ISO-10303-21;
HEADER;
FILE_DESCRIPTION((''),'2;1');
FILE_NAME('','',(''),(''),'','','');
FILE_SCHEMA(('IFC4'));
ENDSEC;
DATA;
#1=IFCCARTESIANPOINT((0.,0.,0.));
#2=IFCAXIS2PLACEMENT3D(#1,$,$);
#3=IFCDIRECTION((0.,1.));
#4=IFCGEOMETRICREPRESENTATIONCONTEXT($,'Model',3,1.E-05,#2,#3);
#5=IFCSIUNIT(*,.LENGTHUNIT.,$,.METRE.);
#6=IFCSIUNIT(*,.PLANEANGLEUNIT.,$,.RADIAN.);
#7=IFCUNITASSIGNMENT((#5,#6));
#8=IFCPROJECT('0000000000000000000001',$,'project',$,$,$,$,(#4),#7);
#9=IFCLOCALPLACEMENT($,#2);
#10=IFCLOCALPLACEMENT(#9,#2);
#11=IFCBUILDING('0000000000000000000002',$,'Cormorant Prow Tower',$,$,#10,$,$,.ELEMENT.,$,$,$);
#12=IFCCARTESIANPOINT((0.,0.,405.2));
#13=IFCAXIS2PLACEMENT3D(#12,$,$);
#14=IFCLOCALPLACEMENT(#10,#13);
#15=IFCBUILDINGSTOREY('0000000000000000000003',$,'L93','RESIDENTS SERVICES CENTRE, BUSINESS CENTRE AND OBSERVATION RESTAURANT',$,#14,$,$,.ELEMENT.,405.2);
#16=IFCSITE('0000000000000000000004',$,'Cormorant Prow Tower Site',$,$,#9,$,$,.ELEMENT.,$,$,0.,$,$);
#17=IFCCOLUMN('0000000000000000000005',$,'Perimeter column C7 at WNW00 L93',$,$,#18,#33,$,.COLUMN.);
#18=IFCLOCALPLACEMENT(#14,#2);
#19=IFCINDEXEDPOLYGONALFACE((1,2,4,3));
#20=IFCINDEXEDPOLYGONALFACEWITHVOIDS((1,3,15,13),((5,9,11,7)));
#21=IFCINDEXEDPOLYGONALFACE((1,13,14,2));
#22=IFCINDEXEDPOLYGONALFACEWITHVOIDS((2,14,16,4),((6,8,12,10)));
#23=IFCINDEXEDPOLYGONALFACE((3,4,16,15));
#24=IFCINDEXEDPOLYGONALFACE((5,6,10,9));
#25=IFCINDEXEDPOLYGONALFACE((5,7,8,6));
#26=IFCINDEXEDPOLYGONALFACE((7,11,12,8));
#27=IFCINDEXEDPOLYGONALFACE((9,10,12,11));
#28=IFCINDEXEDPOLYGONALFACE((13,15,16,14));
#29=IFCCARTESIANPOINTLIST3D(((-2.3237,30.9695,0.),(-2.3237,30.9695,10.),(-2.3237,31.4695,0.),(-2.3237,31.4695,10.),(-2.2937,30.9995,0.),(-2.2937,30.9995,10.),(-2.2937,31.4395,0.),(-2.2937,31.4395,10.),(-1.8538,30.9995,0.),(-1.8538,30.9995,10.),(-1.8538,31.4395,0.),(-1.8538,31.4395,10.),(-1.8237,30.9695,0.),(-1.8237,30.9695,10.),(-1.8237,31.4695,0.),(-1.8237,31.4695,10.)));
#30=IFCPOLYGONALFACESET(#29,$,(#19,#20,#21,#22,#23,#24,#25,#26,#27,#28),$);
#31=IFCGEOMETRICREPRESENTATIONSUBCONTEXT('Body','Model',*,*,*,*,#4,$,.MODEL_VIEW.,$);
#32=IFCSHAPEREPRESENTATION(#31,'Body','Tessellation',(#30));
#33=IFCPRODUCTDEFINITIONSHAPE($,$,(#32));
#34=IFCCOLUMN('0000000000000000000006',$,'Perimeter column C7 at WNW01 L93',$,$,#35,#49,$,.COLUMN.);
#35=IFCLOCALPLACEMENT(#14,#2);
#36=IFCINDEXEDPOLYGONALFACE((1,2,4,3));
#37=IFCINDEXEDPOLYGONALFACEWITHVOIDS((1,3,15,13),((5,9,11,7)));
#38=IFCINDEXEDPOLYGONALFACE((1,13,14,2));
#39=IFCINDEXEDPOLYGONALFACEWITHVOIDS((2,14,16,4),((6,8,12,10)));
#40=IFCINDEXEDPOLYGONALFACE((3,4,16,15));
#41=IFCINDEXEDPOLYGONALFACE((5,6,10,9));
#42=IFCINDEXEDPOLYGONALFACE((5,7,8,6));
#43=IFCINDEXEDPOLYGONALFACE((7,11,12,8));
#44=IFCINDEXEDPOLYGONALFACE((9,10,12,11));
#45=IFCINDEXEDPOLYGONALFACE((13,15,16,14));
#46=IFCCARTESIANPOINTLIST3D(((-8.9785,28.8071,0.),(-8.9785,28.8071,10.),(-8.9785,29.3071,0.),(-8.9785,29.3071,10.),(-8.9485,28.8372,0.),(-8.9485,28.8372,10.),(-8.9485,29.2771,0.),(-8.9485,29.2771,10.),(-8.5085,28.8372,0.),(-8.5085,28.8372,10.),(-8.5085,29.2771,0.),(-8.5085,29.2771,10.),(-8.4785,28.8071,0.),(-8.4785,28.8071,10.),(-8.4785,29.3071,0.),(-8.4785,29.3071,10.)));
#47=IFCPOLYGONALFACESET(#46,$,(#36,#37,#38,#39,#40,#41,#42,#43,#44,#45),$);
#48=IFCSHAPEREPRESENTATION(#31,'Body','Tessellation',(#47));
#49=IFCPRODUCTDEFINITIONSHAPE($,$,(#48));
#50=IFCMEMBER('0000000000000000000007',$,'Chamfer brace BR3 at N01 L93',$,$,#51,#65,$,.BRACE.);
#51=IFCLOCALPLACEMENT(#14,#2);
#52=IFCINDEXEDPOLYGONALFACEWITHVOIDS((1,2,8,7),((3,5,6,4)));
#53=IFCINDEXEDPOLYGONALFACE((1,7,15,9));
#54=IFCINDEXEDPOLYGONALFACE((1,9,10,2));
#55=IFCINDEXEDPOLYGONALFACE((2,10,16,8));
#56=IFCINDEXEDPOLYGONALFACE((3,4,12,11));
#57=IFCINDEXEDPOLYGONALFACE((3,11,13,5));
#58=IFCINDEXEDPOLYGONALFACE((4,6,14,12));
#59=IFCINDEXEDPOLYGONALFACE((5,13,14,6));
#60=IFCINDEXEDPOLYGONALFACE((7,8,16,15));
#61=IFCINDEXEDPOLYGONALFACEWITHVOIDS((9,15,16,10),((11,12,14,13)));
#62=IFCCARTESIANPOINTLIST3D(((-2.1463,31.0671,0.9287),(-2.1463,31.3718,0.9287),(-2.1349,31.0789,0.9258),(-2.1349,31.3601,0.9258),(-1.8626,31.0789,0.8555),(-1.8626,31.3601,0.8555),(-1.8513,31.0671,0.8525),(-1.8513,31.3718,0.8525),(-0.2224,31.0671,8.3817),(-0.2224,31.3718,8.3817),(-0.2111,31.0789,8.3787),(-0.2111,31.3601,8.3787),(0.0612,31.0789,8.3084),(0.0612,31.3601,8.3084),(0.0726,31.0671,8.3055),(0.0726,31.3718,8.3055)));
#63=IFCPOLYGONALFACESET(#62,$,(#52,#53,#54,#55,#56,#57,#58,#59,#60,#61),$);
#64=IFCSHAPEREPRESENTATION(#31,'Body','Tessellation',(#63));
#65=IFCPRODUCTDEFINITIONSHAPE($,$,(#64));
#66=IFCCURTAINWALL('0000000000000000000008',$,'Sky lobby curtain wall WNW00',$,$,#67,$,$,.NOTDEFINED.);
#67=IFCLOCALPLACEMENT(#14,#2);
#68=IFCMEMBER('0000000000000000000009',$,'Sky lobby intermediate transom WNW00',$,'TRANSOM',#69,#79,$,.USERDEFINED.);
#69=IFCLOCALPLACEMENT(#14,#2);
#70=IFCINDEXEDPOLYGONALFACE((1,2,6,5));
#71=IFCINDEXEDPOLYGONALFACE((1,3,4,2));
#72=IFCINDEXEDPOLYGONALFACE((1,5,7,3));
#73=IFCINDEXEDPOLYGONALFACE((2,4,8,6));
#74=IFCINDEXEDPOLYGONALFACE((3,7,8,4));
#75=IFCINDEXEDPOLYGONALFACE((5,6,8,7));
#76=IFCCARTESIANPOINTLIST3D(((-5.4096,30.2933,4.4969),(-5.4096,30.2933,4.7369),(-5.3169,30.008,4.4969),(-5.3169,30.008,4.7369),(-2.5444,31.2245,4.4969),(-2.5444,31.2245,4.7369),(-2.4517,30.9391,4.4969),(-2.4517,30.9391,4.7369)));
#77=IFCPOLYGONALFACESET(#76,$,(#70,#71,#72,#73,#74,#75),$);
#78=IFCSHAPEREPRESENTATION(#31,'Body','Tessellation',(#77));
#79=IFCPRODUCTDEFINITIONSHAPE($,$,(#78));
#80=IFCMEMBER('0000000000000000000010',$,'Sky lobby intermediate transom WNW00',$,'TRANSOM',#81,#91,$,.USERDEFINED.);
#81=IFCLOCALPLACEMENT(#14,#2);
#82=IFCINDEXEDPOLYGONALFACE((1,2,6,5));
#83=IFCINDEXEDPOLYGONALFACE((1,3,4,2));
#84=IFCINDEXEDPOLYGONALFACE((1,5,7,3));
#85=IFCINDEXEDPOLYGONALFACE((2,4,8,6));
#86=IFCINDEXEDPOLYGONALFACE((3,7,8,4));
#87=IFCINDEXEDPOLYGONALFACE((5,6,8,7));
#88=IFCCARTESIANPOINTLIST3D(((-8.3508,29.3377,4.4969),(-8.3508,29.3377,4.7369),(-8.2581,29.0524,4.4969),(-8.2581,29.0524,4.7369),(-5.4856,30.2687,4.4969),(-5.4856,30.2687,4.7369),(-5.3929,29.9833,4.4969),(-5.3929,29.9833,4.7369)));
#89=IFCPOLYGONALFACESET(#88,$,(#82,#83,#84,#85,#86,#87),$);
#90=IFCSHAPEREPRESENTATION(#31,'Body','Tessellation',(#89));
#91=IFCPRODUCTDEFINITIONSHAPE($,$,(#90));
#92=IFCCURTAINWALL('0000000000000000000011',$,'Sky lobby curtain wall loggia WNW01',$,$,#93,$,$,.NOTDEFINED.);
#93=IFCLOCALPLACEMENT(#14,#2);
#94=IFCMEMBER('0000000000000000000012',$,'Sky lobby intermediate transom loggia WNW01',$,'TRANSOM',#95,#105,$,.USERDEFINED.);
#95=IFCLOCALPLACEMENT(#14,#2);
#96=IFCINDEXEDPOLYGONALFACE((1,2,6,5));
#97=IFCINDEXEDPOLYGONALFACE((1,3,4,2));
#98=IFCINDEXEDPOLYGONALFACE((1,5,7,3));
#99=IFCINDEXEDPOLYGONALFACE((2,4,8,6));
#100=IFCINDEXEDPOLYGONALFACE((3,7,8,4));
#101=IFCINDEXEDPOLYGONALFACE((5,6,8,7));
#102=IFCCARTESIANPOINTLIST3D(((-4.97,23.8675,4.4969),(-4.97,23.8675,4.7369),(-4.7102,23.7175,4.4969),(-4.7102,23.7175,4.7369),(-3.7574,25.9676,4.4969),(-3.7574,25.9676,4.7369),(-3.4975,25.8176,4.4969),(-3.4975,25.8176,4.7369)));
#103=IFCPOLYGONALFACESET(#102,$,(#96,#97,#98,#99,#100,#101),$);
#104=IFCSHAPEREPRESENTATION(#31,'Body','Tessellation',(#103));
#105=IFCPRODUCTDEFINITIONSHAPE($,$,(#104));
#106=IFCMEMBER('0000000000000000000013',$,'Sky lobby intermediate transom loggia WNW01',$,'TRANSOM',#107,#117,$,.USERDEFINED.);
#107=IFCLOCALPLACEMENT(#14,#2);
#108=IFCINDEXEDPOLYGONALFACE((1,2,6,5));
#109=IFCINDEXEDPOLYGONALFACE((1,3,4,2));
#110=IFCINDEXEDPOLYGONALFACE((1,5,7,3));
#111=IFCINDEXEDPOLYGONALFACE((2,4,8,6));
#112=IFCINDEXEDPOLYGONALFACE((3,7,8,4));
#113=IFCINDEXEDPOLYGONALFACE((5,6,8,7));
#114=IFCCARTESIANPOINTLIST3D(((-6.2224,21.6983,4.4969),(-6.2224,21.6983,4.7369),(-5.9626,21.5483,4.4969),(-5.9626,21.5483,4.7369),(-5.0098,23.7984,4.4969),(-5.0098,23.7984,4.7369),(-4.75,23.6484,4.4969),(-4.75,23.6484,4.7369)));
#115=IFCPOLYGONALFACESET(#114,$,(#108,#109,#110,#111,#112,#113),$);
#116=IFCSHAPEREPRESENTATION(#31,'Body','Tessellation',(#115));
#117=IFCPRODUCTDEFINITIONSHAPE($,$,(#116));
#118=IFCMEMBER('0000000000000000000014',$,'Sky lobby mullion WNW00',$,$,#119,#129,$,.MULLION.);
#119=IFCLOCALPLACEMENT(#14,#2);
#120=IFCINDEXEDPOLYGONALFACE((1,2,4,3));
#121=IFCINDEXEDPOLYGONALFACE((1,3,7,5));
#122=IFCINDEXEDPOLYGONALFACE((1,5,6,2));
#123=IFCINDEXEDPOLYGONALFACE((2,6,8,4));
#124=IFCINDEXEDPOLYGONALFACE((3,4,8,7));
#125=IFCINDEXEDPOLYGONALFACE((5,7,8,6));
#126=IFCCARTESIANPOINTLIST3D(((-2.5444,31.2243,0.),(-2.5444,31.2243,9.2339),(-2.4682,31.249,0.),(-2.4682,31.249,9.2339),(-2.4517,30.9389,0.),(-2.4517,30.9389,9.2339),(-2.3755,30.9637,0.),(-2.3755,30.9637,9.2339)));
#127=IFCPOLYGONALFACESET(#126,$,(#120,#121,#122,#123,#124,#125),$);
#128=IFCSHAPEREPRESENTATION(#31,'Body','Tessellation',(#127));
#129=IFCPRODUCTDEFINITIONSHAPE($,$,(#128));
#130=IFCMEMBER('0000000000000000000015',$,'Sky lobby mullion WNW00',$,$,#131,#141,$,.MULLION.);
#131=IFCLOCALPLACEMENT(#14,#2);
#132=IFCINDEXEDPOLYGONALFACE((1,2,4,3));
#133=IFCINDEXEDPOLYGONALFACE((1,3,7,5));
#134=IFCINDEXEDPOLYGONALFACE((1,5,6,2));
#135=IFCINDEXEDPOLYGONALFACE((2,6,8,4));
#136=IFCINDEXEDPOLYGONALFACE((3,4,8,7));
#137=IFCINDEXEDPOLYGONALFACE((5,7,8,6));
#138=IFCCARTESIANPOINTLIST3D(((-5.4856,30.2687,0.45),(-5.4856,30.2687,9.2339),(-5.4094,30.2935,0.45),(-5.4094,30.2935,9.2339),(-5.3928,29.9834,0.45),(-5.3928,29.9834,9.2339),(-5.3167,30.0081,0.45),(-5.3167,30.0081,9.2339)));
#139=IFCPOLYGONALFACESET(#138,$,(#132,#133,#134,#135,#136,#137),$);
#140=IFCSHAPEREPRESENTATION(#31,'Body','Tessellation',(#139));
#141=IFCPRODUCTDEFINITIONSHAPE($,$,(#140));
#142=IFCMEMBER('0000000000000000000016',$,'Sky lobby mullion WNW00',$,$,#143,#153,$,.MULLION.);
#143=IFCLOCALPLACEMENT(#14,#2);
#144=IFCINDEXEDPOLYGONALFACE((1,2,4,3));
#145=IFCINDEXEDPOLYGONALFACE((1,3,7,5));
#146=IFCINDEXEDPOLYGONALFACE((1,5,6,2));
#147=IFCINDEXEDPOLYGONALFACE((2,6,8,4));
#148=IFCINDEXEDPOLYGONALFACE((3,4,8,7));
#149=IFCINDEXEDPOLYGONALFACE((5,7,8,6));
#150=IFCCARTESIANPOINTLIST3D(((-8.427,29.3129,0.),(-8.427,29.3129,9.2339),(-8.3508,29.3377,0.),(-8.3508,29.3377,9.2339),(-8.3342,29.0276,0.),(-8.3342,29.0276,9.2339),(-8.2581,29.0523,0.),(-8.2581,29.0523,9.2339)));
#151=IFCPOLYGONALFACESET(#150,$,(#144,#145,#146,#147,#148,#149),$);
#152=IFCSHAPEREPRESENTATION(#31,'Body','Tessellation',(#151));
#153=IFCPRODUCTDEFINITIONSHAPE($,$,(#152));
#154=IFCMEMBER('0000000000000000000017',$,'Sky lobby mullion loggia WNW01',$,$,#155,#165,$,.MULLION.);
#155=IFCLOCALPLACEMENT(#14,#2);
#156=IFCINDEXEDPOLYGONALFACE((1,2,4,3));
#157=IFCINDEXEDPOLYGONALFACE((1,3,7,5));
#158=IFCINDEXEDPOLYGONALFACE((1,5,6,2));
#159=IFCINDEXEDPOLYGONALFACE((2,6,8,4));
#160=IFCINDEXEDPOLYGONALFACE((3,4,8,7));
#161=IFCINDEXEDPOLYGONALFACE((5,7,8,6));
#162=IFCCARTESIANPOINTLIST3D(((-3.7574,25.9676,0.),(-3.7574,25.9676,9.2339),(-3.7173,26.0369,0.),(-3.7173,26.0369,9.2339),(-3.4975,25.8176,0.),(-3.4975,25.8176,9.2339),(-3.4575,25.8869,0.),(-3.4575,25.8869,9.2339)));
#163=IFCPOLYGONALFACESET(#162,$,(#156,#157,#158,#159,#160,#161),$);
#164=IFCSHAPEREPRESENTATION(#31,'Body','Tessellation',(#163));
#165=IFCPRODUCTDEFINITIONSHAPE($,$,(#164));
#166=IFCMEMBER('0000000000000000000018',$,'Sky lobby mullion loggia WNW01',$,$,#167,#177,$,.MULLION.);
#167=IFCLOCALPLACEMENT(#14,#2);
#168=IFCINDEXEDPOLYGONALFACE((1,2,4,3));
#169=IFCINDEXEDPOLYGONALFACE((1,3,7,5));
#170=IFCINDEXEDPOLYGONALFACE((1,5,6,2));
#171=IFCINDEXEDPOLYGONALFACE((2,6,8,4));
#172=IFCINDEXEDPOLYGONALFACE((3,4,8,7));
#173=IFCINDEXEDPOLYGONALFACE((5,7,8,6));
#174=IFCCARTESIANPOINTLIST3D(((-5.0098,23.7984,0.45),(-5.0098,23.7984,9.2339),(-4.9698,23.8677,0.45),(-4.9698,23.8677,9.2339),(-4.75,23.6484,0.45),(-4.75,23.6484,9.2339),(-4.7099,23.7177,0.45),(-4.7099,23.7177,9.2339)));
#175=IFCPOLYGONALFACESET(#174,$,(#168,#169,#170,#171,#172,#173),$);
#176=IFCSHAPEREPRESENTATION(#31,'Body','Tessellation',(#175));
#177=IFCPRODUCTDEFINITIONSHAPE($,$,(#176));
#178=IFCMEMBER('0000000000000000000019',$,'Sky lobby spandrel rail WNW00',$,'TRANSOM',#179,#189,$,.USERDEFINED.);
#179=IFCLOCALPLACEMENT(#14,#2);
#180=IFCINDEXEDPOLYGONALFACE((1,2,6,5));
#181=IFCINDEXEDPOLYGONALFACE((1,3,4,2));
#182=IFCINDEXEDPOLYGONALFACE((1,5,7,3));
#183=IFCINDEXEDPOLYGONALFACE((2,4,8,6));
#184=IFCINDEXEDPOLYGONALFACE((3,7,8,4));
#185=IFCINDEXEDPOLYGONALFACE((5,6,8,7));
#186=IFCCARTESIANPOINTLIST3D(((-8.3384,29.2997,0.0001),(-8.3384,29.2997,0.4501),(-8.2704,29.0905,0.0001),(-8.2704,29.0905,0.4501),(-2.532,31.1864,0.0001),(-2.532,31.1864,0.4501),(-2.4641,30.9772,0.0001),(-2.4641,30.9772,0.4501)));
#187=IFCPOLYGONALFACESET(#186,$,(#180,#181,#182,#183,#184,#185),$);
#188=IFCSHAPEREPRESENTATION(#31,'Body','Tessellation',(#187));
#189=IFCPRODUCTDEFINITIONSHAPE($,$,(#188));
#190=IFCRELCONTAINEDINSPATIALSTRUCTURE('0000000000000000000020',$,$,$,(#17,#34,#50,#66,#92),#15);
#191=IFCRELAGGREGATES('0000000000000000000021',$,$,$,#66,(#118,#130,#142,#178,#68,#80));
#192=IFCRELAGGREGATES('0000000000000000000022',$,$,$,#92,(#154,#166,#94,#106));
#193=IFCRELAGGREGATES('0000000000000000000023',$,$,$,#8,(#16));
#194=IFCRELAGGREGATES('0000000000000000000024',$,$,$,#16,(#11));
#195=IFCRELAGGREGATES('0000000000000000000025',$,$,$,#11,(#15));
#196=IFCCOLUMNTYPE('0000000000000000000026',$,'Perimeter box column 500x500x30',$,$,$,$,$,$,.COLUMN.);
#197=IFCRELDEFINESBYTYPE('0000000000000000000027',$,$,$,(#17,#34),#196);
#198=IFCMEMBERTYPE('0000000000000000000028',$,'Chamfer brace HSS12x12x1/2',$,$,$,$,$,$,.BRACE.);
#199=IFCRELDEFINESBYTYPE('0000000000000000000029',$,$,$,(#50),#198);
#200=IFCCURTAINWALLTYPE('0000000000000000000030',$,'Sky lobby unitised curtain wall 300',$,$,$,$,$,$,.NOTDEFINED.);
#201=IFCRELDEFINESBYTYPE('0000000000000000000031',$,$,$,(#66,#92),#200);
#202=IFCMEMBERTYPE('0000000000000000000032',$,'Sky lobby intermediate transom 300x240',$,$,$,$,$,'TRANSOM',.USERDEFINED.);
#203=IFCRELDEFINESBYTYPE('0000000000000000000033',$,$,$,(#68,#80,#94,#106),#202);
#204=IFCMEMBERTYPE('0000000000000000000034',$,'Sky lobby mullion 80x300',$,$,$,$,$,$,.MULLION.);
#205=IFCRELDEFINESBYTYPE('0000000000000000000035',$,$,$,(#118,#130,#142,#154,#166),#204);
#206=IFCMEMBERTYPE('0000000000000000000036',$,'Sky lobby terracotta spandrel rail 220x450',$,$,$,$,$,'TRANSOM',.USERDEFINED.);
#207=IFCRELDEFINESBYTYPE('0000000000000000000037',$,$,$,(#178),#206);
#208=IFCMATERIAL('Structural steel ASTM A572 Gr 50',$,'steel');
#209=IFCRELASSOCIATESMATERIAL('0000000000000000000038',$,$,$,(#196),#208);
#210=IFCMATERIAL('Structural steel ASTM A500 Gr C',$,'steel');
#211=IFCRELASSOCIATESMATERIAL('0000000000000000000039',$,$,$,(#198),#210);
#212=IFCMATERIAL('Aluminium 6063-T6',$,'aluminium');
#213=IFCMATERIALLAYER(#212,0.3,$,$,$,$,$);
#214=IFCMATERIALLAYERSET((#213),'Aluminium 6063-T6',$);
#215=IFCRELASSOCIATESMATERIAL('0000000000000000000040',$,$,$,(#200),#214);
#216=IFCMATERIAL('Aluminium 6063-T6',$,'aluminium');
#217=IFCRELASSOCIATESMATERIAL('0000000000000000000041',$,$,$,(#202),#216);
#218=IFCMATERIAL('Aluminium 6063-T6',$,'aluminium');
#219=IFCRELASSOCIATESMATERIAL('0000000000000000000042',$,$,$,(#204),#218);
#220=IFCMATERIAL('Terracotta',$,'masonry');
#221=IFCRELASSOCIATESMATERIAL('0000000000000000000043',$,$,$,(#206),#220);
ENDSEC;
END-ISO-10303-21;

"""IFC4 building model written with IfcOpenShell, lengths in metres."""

from ifc_helpers import new_model, si_unit, direction, frame, origin, origin_2d, place, context, subcontext, project, spatial, rectangle, hollow_rectangle, extrude, material, layer, layer_set, material_profile, profile_set, type_object, element, aggregate, save


model = new_model("IFC4")

# Units and contexts
model_context = context("Model", 3, precision=1e-05, world=origin(), true_north=direction((0.0, 1.0)))
body_context = subcontext(model_context, "Body", "Model", "MODEL_VIEW")
ifc_project = project(units=[si_unit("LENGTHUNIT", "METRE"), si_unit("PLANEANGLEUNIT", "RADIAN")], contexts=[model_context])

# Site, building, storey
site_placement = place(None, origin())
site = spatial("IfcSite", under=ifc_project, at=site_placement, Name="Cormorant Prow Tower Site", CompositionType="ELEMENT", RefElevation=0.0)
building_placement = place(site_placement, origin())
building = spatial("IfcBuilding", under=site, at=building_placement, Name="Cormorant Prow Tower", CompositionType="ELEMENT")
storey_placement = place(building_placement, frame((0.0, 0.0, 405.2)))
storey = spatial("IfcBuildingStorey", under=building, at=storey_placement, Name="L93", Description="RESIDENTS SERVICES CENTRE, BUSINESS CENTRE AND OBSERVATION RESTAURANT", CompositionType="ELEMENT", Elevation=405.2)

# Columns
ifc_material_1 = material(Name="Structural steel ASTM A572 Gr 50", Category="steel")
ifc_material_profile_1 = material_profile(ifc_material_1, hollow_rectangle(XDim=0.5, YDim=0.5, WallThickness=0.03, at=origin_2d()), Name="Box 500x500x30")
ifc_profile_set_1 = profile_set([ifc_material_profile_1], Name="Structural steel ASTM A572 Gr 50")
column_type = type_object("IfcColumnType", Name="Perimeter box column 500x500x30", PredefinedType="COLUMN", material=ifc_profile_set_1)
for number, where, z_axis, x_axis, name in (
    (1, (-2.0737, 31.2195, 0.0), (0.0, 0.0, 1.0), (1.0, 0.0, 0.0), "Perimeter column C7 at WNW00 L93"),
    (2, (-8.7285, 29.0571, 0.0), (0.0, 0.0, 1.0), (1.0, 0.0, 0.0), "Perimeter column C7 at WNW01 L93"),
):
    element("IfcColumn", number, at=place(storey_placement, frame(where, z_axis=z_axis, x_axis=x_axis)), inside=storey, type_object=column_type, Name=name, PredefinedType="COLUMN", context=body_context, shape_type="SweptSolid", body=[
        extrude(hollow_rectangle(XDim=0.5, YDim=0.5, WallThickness=0.03, at=origin_2d()), origin(), (0.0, 0.0, 1.0), 10.0),
    ])

# Member
ifc_material_2 = material(Name="Structural steel ASTM A500 Gr C", Category="steel")
ifc_material_profile_2 = material_profile(ifc_material_2, hollow_rectangle(XDim=0.3047, YDim=0.3047, WallThickness=0.0117, at=origin_2d()), Name="HSS12x12x1/2")
ifc_profile_set_2 = profile_set([ifc_material_profile_2], Name="Structural steel ASTM A500 Gr C")
member_type_1 = type_object("IfcMemberType", Name="Chamfer brace HSS12x12x1/2", PredefinedType="BRACE", material=ifc_profile_set_2)
member_1_placement = place(storey_placement, frame((-1.9988, 31.2195, 0.8906), z_axis=(0.249939, 0.0, 0.968261), x_axis=(0.0, 1.0, 0.0)))
element("IfcMember", 3, at=member_1_placement, inside=storey, type_object=member_type_1, Name="Chamfer brace BR3 at N01 L93", PredefinedType="BRACE", context=body_context, shape_type="SweptSolid", body=[
    extrude(hollow_rectangle(XDim=0.3047, YDim=0.3047, WallThickness=0.0117, at=origin_2d()), origin(), (0.0, 0.0, 1.0), 7.6973),
])

# Curtain walls, members
ifc_material_3 = material(Name="Aluminium 6063-T6", Category="aluminium")
ifc_layer_1 = layer(ifc_material_3, 0.3)
ifc_layer_set_1 = layer_set([ifc_layer_1], Name="Aluminium 6063-T6")
curtain_wall_type = type_object("IfcCurtainWallType", Name="Sky lobby unitised curtain wall 300", PredefinedType="NOTDEFINED", material=ifc_layer_set_1)
curtain_wall_1_placement = place(storey_placement, origin())
curtain_wall_1 = element("IfcCurtainWall", 4, at=curtain_wall_1_placement, inside=storey, type_object=curtain_wall_type, Name="Sky lobby curtain wall WNW00", PredefinedType="NOTDEFINED")
ifc_material_4 = material(Name="Aluminium 6063-T6", Category="aluminium")
ifc_material_profile_3 = material_profile(ifc_material_4, rectangle(XDim=0.3, YDim=0.24, at=origin_2d()), Name="Sky lobby intermediate transom 300x240")
ifc_profile_set_3 = profile_set([ifc_material_profile_3], Name="Aluminium 6063-T6")
member_type_2 = type_object("IfcMemberType", Name="Sky lobby intermediate transom 300x240", ElementType="TRANSOM", PredefinedType="USERDEFINED", material=ifc_profile_set_3)
member_2_placement = place(storey_placement, frame((-2.498, 31.0818, 4.6169), z_axis=(-0.951039, -0.309071, 0.0), x_axis=(0.309071, -0.951039, 0.0)))
member_2 = element("IfcMember", 5, at=member_2_placement, type_object=member_type_2, Name="Sky lobby intermediate transom WNW00", ObjectType="TRANSOM", PredefinedType="USERDEFINED", context=body_context, shape_type="SweptSolid", body=[
    extrude(rectangle(XDim=0.3, YDim=0.24, at=origin_2d()), origin(), (0.0, 0.0, 1.0), 3.0127),
])
member_3_placement = place(storey_placement, frame((-5.4392, 30.126, 4.6169), z_axis=(-0.951063, -0.308998, 0.0), x_axis=(0.308998, -0.951063, 0.0)))
member_3 = element("IfcMember", 6, at=member_3_placement, type_object=member_type_2, Name="Sky lobby intermediate transom WNW00", ObjectType="TRANSOM", PredefinedType="USERDEFINED", context=body_context, shape_type="SweptSolid", body=[
    extrude(rectangle(XDim=0.3, YDim=0.24, at=origin_2d()), origin(), (0.0, 0.0, 1.0), 3.0127),
])
curtain_wall_2_placement = place(storey_placement, origin())
curtain_wall_2 = element("IfcCurtainWall", 7, at=curtain_wall_2_placement, inside=storey, type_object=curtain_wall_type, Name="Sky lobby curtain wall loggia WNW01", PredefinedType="NOTDEFINED")
member_4_placement = place(storey_placement, frame((-3.6274, 25.8926, 4.6169), z_axis=(-0.500048, -0.865998, 0.0), x_axis=(0.865998, -0.500048, 0.0)))
member_4 = element("IfcMember", 8, at=member_4_placement, type_object=member_type_2, Name="Sky lobby intermediate transom loggia WNW01", ObjectType="TRANSOM", PredefinedType="USERDEFINED", context=body_context, shape_type="SweptSolid", body=[
    extrude(rectangle(XDim=0.3, YDim=0.24, at=origin_2d()), origin(), (0.0, 0.0, 1.0), 2.425),
])
member_5_placement = place(storey_placement, frame((-4.8799, 23.7234, 4.6169), z_axis=(-0.500048, -0.865998, 0.0), x_axis=(0.865998, -0.500048, 0.0)))
member_5 = element("IfcMember", 9, at=member_5_placement, type_object=member_type_2, Name="Sky lobby intermediate transom loggia WNW01", ObjectType="TRANSOM", PredefinedType="USERDEFINED", context=body_context, shape_type="SweptSolid", body=[
    extrude(rectangle(XDim=0.3, YDim=0.24, at=origin_2d()), origin(), (0.0, 0.0, 1.0), 2.425),
])

# Members
ifc_material_5 = material(Name="Aluminium 6063-T6", Category="aluminium")
ifc_material_profile_4 = material_profile(ifc_material_5, rectangle(XDim=0.3, YDim=0.0801, at=origin_2d()), Name="Sky lobby mullion 80x300")
ifc_profile_set_4 = profile_set([ifc_material_profile_4], Name="Aluminium 6063-T6")
member_type_3 = type_object("IfcMemberType", Name="Sky lobby mullion 80x300", PredefinedType="MULLION", material=ifc_profile_set_4)
member_6_placement = place(storey_placement, frame((-2.46, 31.094, 0.0), z_axis=(0.0, 0.0, 1.0), x_axis=(0.309017, -0.951056, 0.0)))
member_6 = element("IfcMember", 10, at=member_6_placement, type_object=member_type_3, Name="Sky lobby mullion WNW00", PredefinedType="MULLION", context=body_context, shape_type="SweptSolid", body=[
    extrude(rectangle(XDim=0.3, YDim=0.0801, at=origin_2d()), origin(), (0.0, 0.0, 1.0), 9.2339),
])
member_7_placement = place(storey_placement, frame((-5.4011, 30.1384, 0.45), z_axis=(0.0, 0.0, 1.0), x_axis=(0.309017, -0.951056, 0.0)))
member_7 = element("IfcMember", 11, at=member_7_placement, type_object=member_type_3, Name="Sky lobby mullion WNW00", PredefinedType="MULLION", context=body_context, shape_type="SweptSolid", body=[
    extrude(rectangle(XDim=0.3, YDim=0.0801, at=origin_2d()), origin(), (0.0, 0.0, 1.0), 8.7839),
])
member_8_placement = place(storey_placement, frame((-8.3425, 29.1826, 0.0), z_axis=(0.0, 0.0, 1.0), x_axis=(0.309017, -0.951056, 0.0)))
member_8 = element("IfcMember", 12, at=member_8_placement, type_object=member_type_3, Name="Sky lobby mullion WNW00", PredefinedType="MULLION", context=body_context, shape_type="SweptSolid", body=[
    extrude(rectangle(XDim=0.3, YDim=0.0801, at=origin_2d()), origin(), (0.0, 0.0, 1.0), 9.2339),
])
member_9_placement = place(storey_placement, frame((-3.6074, 25.9272, 0.0), z_axis=(0.0, 0.0, 1.0), x_axis=(0.866025, -0.5, 0.0)))
member_9 = element("IfcMember", 13, at=member_9_placement, type_object=member_type_3, Name="Sky lobby mullion loggia WNW01", PredefinedType="MULLION", context=body_context, shape_type="SweptSolid", body=[
    extrude(rectangle(XDim=0.3, YDim=0.0801, at=origin_2d()), origin(), (0.0, 0.0, 1.0), 9.2339),
])
member_10_placement = place(storey_placement, frame((-4.8599, 23.7581, 0.45), z_axis=(0.0, 0.0, 1.0), x_axis=(0.866025, -0.5, 0.0)))
member_10 = element("IfcMember", 14, at=member_10_placement, type_object=member_type_3, Name="Sky lobby mullion loggia WNW01", PredefinedType="MULLION", context=body_context, shape_type="SweptSolid", body=[
    extrude(rectangle(XDim=0.3, YDim=0.0801, at=origin_2d()), origin(), (0.0, 0.0, 1.0), 8.7839),
])
ifc_material_6 = material(Name="Terracotta", Category="masonry")
ifc_material_profile_5 = material_profile(ifc_material_6, rectangle(XDim=0.22, YDim=0.45, at=origin_2d()), Name="Sky lobby terracotta spandrel rail 220x450")
ifc_profile_set_5 = profile_set([ifc_material_profile_5], Name="Terracotta")
member_type_4 = type_object("IfcMemberType", Name="Sky lobby terracotta spandrel rail 220x450", ElementType="TRANSOM", PredefinedType="USERDEFINED", material=ifc_profile_set_5)
member_11_placement = place(storey_placement, frame((-2.498, 31.0818, 0.2251), z_axis=(-0.951051, -0.309033, 0.0), x_axis=(0.309033, -0.951051, 0.0)))
member_11 = element("IfcMember", 15, at=member_11_placement, type_object=member_type_4, Name="Sky lobby spandrel rail WNW00", ObjectType="TRANSOM", PredefinedType="USERDEFINED", context=body_context, shape_type="SweptSolid", body=[
    extrude(rectangle(XDim=0.22, YDim=0.45, at=origin_2d()), origin(), (0.0, 0.0, 1.0), 6.1052),
])

aggregate(curtain_wall_1, [member_6, member_7, member_8, member_11, member_2, member_3])
aggregate(curtain_wall_2, [member_9, member_10, member_4, member_5])

save(model, "model.ifc")
